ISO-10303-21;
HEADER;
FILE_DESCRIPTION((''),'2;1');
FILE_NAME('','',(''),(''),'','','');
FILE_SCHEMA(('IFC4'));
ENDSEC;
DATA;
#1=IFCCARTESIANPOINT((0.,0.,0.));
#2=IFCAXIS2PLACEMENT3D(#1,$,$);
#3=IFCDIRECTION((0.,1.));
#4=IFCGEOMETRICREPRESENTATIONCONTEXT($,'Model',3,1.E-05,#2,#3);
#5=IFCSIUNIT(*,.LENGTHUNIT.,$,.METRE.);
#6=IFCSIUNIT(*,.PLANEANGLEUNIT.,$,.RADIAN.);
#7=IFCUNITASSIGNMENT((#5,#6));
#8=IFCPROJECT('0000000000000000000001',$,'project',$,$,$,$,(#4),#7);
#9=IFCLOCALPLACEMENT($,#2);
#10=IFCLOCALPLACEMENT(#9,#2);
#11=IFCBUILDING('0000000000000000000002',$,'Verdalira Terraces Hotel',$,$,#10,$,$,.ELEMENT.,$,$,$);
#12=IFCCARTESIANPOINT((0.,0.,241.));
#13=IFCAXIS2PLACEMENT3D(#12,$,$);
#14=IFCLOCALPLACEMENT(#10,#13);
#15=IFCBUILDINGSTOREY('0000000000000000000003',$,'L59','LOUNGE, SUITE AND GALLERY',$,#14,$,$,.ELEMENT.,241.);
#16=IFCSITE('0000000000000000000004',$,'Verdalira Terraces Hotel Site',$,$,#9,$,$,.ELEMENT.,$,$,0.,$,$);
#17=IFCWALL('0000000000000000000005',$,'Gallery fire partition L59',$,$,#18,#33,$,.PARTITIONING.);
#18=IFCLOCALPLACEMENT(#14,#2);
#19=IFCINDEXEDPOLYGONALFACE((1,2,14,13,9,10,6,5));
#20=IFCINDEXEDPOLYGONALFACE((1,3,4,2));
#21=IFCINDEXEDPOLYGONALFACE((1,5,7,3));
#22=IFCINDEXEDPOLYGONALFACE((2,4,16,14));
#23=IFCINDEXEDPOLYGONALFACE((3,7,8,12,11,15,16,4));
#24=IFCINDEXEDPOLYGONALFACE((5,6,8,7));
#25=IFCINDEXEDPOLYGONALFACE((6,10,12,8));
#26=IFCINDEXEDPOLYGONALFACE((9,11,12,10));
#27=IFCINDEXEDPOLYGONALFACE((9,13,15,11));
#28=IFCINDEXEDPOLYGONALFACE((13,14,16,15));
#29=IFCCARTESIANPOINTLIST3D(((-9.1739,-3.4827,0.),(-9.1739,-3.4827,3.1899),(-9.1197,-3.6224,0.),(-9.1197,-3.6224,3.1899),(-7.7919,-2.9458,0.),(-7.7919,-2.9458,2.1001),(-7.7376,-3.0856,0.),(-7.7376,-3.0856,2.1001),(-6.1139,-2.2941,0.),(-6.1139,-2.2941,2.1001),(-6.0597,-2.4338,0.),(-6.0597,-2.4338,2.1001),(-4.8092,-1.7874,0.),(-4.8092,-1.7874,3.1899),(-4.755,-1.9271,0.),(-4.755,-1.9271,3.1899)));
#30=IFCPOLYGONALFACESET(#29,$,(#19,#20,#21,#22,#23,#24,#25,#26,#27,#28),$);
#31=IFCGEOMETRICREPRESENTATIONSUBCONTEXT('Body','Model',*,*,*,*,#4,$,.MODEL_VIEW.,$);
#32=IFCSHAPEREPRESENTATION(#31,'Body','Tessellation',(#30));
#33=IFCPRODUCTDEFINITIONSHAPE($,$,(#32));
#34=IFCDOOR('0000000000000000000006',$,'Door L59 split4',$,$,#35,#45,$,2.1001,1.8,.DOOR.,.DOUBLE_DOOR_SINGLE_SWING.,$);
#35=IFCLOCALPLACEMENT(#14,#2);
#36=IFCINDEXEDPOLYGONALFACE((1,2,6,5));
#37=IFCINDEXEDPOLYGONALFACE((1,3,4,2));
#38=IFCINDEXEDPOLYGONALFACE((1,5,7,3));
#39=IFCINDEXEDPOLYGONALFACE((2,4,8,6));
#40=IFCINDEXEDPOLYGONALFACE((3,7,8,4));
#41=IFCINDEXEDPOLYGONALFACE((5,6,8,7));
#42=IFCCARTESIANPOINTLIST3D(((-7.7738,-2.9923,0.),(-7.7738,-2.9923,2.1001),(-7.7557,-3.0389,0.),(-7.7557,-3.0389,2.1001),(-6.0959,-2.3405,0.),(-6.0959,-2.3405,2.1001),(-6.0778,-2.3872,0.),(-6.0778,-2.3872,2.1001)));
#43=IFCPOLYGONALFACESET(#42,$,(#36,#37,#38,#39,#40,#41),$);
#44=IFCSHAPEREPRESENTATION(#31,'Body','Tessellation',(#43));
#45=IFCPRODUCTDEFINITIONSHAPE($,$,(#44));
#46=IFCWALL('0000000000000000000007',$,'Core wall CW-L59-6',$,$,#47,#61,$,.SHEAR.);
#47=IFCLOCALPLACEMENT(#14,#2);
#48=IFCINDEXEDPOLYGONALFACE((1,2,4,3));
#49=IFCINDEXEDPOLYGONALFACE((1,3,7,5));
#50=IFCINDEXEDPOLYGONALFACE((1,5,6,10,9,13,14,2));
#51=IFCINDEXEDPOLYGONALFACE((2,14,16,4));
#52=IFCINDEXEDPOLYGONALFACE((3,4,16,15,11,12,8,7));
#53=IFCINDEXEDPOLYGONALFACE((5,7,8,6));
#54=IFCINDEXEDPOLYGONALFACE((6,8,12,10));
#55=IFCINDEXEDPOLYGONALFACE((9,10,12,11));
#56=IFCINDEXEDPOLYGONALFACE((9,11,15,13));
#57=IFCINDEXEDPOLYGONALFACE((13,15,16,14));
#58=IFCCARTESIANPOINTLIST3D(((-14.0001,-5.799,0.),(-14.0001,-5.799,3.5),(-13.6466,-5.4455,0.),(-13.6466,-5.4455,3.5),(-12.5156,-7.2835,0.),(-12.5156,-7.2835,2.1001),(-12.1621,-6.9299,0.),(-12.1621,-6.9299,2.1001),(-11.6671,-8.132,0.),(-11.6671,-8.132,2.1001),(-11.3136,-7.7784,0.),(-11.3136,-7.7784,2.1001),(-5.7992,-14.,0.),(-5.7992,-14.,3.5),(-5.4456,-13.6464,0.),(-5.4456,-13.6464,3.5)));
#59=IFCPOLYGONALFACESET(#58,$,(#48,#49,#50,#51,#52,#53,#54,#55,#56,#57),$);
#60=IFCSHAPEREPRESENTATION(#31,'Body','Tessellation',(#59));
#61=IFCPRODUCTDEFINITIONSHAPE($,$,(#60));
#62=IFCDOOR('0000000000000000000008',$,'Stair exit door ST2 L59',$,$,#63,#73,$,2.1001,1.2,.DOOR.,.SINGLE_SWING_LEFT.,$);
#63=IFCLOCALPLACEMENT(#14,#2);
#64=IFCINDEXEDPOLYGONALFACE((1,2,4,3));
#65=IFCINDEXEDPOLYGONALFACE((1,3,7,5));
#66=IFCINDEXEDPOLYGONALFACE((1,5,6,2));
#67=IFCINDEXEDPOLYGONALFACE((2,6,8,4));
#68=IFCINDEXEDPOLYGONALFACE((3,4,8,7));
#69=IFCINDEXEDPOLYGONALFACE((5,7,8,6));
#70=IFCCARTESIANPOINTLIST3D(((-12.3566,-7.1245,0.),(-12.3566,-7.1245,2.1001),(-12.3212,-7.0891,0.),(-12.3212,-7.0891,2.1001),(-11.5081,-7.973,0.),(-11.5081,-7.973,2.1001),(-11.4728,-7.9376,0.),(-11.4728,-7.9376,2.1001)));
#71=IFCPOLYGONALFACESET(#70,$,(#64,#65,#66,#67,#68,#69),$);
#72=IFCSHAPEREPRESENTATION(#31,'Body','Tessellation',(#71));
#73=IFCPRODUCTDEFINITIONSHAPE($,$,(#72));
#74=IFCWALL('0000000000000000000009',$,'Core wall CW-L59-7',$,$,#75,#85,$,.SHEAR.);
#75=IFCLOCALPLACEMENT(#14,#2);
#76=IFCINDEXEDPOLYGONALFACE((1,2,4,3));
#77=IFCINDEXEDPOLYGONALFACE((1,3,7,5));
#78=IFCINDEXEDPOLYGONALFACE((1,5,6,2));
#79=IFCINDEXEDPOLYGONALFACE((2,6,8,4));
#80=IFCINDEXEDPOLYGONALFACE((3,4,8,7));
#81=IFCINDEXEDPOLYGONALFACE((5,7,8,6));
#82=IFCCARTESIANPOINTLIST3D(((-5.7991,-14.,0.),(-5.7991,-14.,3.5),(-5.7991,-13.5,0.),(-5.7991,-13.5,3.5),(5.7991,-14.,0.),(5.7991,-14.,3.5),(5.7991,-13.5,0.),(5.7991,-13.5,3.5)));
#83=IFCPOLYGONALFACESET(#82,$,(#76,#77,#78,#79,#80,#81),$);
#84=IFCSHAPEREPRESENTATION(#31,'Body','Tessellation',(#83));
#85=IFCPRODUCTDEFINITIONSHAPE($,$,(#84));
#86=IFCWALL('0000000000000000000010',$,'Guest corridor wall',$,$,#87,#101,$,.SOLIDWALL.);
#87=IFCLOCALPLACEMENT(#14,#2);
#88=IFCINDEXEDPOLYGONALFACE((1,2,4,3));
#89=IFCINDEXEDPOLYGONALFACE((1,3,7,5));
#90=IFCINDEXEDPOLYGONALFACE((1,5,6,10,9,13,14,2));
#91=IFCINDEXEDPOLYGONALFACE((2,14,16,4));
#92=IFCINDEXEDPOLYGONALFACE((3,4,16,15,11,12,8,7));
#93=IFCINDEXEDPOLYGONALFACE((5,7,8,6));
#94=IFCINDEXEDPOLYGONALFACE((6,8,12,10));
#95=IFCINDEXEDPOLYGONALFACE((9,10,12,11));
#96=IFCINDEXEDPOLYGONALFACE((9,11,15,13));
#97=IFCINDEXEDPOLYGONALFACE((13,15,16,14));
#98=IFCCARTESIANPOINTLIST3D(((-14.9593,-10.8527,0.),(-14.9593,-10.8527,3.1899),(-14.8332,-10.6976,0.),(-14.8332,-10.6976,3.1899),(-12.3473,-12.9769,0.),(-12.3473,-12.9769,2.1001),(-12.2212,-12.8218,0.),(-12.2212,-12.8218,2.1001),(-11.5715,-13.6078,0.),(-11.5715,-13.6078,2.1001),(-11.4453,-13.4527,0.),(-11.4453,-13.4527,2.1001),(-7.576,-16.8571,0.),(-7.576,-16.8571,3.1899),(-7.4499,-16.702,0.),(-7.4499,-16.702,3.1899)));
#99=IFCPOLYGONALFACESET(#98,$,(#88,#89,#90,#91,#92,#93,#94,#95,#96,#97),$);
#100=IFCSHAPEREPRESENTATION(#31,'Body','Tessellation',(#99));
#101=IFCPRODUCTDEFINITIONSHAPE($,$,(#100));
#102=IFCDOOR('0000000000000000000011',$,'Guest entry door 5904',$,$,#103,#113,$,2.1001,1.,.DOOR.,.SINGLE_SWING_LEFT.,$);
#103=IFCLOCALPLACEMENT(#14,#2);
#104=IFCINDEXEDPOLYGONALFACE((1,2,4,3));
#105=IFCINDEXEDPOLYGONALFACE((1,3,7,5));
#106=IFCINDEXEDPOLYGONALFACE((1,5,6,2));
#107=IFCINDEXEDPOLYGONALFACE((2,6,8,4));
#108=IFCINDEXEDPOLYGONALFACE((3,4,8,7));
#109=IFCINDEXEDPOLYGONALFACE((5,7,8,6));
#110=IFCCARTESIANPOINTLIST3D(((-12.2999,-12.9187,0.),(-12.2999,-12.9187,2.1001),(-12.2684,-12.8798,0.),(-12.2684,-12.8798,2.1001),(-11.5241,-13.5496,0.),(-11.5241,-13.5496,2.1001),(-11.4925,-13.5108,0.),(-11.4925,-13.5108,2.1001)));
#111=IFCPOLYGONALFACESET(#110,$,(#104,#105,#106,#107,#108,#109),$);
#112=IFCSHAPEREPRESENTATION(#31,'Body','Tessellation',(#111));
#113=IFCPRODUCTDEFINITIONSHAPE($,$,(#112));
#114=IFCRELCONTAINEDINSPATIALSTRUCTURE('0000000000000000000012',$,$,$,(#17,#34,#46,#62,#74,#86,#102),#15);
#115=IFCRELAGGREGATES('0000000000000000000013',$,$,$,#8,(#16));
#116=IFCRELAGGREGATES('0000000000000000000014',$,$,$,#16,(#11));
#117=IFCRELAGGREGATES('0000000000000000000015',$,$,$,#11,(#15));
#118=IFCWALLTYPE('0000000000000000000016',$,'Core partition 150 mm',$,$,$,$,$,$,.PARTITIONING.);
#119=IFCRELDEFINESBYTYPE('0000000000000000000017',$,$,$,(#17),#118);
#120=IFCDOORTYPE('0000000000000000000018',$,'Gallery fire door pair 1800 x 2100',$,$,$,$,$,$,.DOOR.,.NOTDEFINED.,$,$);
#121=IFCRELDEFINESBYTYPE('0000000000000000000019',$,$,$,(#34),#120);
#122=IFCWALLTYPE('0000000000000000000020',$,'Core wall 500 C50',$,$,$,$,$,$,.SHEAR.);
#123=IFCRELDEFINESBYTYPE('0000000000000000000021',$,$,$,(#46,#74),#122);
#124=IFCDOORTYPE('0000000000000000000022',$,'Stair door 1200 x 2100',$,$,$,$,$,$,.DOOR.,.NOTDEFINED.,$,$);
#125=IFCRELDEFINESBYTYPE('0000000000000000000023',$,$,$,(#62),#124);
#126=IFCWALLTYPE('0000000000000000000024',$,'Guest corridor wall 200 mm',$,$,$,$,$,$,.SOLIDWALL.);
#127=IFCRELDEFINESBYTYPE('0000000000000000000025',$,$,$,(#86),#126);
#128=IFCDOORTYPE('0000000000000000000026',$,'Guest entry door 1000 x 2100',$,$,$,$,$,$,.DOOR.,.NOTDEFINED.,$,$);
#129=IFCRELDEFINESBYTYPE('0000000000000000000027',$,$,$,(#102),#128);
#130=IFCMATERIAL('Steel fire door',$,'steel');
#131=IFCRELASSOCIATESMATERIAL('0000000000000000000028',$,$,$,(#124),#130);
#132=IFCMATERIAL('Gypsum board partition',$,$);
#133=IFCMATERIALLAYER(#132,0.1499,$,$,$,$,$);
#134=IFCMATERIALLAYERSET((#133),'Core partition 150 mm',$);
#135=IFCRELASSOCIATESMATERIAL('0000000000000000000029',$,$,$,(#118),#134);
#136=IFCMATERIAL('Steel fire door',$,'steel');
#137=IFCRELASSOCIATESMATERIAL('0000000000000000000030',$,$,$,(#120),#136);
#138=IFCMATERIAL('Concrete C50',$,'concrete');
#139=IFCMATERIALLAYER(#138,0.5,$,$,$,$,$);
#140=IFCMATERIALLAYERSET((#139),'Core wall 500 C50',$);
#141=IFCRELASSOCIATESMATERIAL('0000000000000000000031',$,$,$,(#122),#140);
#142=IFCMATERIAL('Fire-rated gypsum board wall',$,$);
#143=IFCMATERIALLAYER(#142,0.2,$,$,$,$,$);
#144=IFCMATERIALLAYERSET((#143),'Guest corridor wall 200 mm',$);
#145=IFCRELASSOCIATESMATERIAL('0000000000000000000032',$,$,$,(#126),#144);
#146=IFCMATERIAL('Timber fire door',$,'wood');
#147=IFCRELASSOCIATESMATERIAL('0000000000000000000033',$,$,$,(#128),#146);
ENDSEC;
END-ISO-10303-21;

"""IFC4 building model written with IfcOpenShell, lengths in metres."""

from ifc_helpers import new_model, si_unit, direction, frame, frame_2d, origin, place, context, subcontext, project, spatial, rectangle, extrude, material, layer, layer_set, type_object, element, fill, save


model = new_model("IFC4")

# Units and contexts
model_context = context("Model", 3, precision=1e-05, world=origin(), true_north=direction((0.0, 1.0)))
body_context = subcontext(model_context, "Body", "Model", "MODEL_VIEW")
ifc_project = project(units=[si_unit("LENGTHUNIT", "METRE"), si_unit("PLANEANGLEUNIT", "RADIAN")], contexts=[model_context])

# Site, building, storey
site_placement = place(None, origin())
site = spatial("IfcSite", under=ifc_project, at=site_placement, Name="Verdalira Terraces Hotel Site", CompositionType="ELEMENT", RefElevation=0.0)
building_placement = place(site_placement, origin())
building = spatial("IfcBuilding", under=site, at=building_placement, Name="Verdalira Terraces Hotel", CompositionType="ELEMENT")
storey_placement = place(building_placement, frame((0.0, 0.0, 241.0)))
storey = spatial("IfcBuildingStorey", under=building, at=storey_placement, Name="L59", Description="LOUNGE, SUITE AND GALLERY", CompositionType="ELEMENT", Elevation=241.0)

# Shared definitions
ifc_material_1 = material(Name="Steel fire door", Category="steel")
door_type_1 = type_object("IfcDoorType", Name="Stair door 1200 x 2100", OperationType="NOTDEFINED", PredefinedType="DOOR", material=ifc_material_1)

# Walls, openings, doors
ifc_material_2 = material(Name="Gypsum board partition")
ifc_layer_1 = layer(ifc_material_2, 0.1499)
ifc_layer_set_1 = layer_set([ifc_layer_1], Name="Core partition 150 mm")
wall_type_1 = type_object("IfcWallType", Name="Core partition 150 mm", PredefinedType="PARTITIONING", material=ifc_layer_set_1)
wall_1_placement = place(storey_placement, frame((-4.782, -1.8572, 0.0), z_axis=(0.0, 0.0, 1.0), x_axis=(-0.932155, -0.362059, 0.0)))
wall_1 = element("IfcWall", 1, at=wall_1_placement, inside=storey, type_object=wall_type_1, Name="Gallery fire partition L59", PredefinedType="PARTITIONING", context=body_context, shape_type="SweptSolid", body=[
    extrude(rectangle(XDim=4.6824, YDim=0.1499, at=frame_2d((2.3413, 0.0))), origin(), (0.0, 0.0, 1.0), 3.1899),
])
opening_1_placement = place(wall_1_placement, frame((1.3999, 0.0, 0.0)))
opening_1 = element("IfcOpeningElement", 2, at=opening_1_placement, cuts=wall_1, PredefinedType="OPENING", context=body_context, shape_type="SweptSolid", body=[
    extrude(rectangle(XDim=1.8, YDim=2.1001, at=frame_2d((0.8999, 1.05))), frame((0.0, 0.085, 0.0), z_axis=(0.0, -1.0, 0.0), x_axis=(1.0, 0.0, 0.0)), (0.0, 0.0, 1.0), 0.1699),
])
ifc_material_3 = material(Name="Steel fire door", Category="steel")
door_type_2 = type_object("IfcDoorType", Name="Gallery fire door pair 1800 x 2100", OperationType="NOTDEFINED", PredefinedType="DOOR", material=ifc_material_3)
door_1_placement = place(opening_1_placement, origin())
door_1 = element("IfcDoor", 3, at=door_1_placement, inside=storey, type_object=door_type_2, Name="Door L59 split4", OperationType="DOUBLE_DOOR_SINGLE_SWING", OverallHeight=2.1001, OverallWidth=1.8, PredefinedType="DOOR", context=body_context, shape_type="SweptSolid", body=[
    extrude(rectangle(XDim=1.8, YDim=2.1001, at=frame_2d((0.8999, 1.05))), frame((0.0, 0.0249, 0.0), z_axis=(0.0, -1.0, 0.0), x_axis=(1.0, 0.0, 0.0)), (0.0, 0.0, 1.0), 0.05),
])
fill(opening_1, door_1)
ifc_material_4 = material(Name="Concrete C50", Category="concrete")
ifc_layer_2 = layer(ifc_material_4, 0.5)
ifc_layer_set_2 = layer_set([ifc_layer_2], Name="Core wall 500 C50")
wall_type_2 = type_object("IfcWallType", Name="Core wall 500 C50", PredefinedType="SHEAR", material=ifc_layer_set_2)
wall_2_placement = place(storey_placement, frame((-13.8232, -5.6223, 0.0), z_axis=(0.0, 0.0, 1.0), x_axis=(0.707107, -0.707107, 0.0)))
wall_2 = element("IfcWall", 4, at=wall_2_placement, inside=storey, type_object=wall_type_2, Name="Core wall CW-L59-6", PredefinedType="SHEAR", context=body_context, shape_type="SweptSolid", body=[
    extrude(rectangle(XDim=11.5979, YDim=0.5, at=frame_2d((5.7988, 0.0))), origin(), (0.0, 0.0, 1.0), 3.5),
])
opening_2_placement = place(wall_2_placement, frame((2.0991, 0.0, 0.0)))
opening_2 = element("IfcOpeningElement", 5, at=opening_2_placement, cuts=wall_2, PredefinedType="OPENING", context=body_context, shape_type="SweptSolid", body=[
    extrude(rectangle(XDim=1.2, YDim=2.1001, at=frame_2d((0.6001, 1.05))), frame((0.0, 0.26, 0.0), z_axis=(0.0, -1.0, 0.0), x_axis=(1.0, 0.0, 0.0)), (0.0, 0.0, 1.0), 0.52),
])
door_2_placement = place(opening_2_placement, origin())
door_2 = element("IfcDoor", 6, at=door_2_placement, inside=storey, type_object=door_type_1, Name="Stair exit door ST2 L59", OperationType="SINGLE_SWING_LEFT", OverallHeight=2.1001, OverallWidth=1.2, PredefinedType="DOOR", context=body_context, shape_type="SweptSolid", body=[
    extrude(rectangle(XDim=1.2, YDim=2.1001, at=frame_2d((0.6001, 1.05))), frame((0.0, 0.0249, 0.0), z_axis=(0.0, -1.0, 0.0), x_axis=(1.0, 0.0, 0.0)), (0.0, 0.0, 1.0), 0.05),
])
fill(opening_2, door_2)

# Wall
wall_3_placement = place(storey_placement, frame((-5.7991, -13.75, 0.0), z_axis=(0.0, 0.0, 1.0), x_axis=(1.0, 0.0, 0.0)))
element("IfcWall", 7, at=wall_3_placement, inside=storey, type_object=wall_type_2, Name="Core wall CW-L59-7", PredefinedType="SHEAR", context=body_context, shape_type="SweptSolid", body=[
    extrude(rectangle(XDim=11.5981, YDim=0.5, at=frame_2d((5.7991, 0.0))), origin(), (0.0, 0.0, 1.0), 3.5),
])

# Wall, opening, door
ifc_material_5 = material(Name="Fire-rated gypsum board wall")
ifc_layer_3 = layer(ifc_material_5, 0.2)
ifc_layer_set_3 = layer_set([ifc_layer_3], Name="Guest corridor wall 200 mm")
wall_type_3 = type_object("IfcWallType", Name="Guest corridor wall 200 mm", PredefinedType="SOLIDWALL", material=ifc_layer_set_3)
wall_4_placement = place(storey_placement, frame((-7.5129, -16.7795, 0.0), z_axis=(0.0, 0.0, 1.0), x_axis=(-0.775833, 0.630938, 0.0)))
wall_4 = element("IfcWall", 8, at=wall_4_placement, inside=storey, type_object=wall_type_3, Name="Guest corridor wall", PredefinedType="SOLIDWALL", context=body_context, shape_type="SweptSolid", body=[
    extrude(rectangle(XDim=9.5166, YDim=0.2, at=frame_2d((4.7583, 0.0))), origin(), (0.0, 0.0, 1.0), 3.1899),
])
opening_3_placement = place(wall_4_placement, frame((5.1499, 0.0, 0.0)))
opening_3 = element("IfcOpeningElement", 9, at=opening_3_placement, cuts=wall_4, PredefinedType="OPENING", context=body_context, shape_type="SweptSolid", body=[
    extrude(rectangle(XDim=1.0, YDim=2.1001, at=frame_2d((0.5, 1.05))), frame((0.0, 0.1099, 0.0), z_axis=(0.0, -1.0, 0.0), x_axis=(1.0, 0.0, 0.0)), (0.0, 0.0, 1.0), 0.22),
])
ifc_material_6 = material(Name="Timber fire door", Category="wood")
door_type_3 = type_object("IfcDoorType", Name="Guest entry door 1000 x 2100", OperationType="NOTDEFINED", PredefinedType="DOOR", material=ifc_material_6)
door_3_placement = place(opening_3_placement, origin())
door_3 = element("IfcDoor", 10, at=door_3_placement, inside=storey, type_object=door_type_3, Name="Guest entry door 5904", OperationType="SINGLE_SWING_LEFT", OverallHeight=2.1001, OverallWidth=1.0, PredefinedType="DOOR", context=body_context, shape_type="SweptSolid", body=[
    extrude(rectangle(XDim=1.0, YDim=2.1001, at=frame_2d((0.5, 1.05))), frame((0.0, 0.0249, 0.0), z_axis=(0.0, -1.0, 0.0), x_axis=(1.0, 0.0, 0.0)), (0.0, 0.0, 1.0), 0.05),
])
fill(opening_3, door_3)

save(model, "model.ifc")
